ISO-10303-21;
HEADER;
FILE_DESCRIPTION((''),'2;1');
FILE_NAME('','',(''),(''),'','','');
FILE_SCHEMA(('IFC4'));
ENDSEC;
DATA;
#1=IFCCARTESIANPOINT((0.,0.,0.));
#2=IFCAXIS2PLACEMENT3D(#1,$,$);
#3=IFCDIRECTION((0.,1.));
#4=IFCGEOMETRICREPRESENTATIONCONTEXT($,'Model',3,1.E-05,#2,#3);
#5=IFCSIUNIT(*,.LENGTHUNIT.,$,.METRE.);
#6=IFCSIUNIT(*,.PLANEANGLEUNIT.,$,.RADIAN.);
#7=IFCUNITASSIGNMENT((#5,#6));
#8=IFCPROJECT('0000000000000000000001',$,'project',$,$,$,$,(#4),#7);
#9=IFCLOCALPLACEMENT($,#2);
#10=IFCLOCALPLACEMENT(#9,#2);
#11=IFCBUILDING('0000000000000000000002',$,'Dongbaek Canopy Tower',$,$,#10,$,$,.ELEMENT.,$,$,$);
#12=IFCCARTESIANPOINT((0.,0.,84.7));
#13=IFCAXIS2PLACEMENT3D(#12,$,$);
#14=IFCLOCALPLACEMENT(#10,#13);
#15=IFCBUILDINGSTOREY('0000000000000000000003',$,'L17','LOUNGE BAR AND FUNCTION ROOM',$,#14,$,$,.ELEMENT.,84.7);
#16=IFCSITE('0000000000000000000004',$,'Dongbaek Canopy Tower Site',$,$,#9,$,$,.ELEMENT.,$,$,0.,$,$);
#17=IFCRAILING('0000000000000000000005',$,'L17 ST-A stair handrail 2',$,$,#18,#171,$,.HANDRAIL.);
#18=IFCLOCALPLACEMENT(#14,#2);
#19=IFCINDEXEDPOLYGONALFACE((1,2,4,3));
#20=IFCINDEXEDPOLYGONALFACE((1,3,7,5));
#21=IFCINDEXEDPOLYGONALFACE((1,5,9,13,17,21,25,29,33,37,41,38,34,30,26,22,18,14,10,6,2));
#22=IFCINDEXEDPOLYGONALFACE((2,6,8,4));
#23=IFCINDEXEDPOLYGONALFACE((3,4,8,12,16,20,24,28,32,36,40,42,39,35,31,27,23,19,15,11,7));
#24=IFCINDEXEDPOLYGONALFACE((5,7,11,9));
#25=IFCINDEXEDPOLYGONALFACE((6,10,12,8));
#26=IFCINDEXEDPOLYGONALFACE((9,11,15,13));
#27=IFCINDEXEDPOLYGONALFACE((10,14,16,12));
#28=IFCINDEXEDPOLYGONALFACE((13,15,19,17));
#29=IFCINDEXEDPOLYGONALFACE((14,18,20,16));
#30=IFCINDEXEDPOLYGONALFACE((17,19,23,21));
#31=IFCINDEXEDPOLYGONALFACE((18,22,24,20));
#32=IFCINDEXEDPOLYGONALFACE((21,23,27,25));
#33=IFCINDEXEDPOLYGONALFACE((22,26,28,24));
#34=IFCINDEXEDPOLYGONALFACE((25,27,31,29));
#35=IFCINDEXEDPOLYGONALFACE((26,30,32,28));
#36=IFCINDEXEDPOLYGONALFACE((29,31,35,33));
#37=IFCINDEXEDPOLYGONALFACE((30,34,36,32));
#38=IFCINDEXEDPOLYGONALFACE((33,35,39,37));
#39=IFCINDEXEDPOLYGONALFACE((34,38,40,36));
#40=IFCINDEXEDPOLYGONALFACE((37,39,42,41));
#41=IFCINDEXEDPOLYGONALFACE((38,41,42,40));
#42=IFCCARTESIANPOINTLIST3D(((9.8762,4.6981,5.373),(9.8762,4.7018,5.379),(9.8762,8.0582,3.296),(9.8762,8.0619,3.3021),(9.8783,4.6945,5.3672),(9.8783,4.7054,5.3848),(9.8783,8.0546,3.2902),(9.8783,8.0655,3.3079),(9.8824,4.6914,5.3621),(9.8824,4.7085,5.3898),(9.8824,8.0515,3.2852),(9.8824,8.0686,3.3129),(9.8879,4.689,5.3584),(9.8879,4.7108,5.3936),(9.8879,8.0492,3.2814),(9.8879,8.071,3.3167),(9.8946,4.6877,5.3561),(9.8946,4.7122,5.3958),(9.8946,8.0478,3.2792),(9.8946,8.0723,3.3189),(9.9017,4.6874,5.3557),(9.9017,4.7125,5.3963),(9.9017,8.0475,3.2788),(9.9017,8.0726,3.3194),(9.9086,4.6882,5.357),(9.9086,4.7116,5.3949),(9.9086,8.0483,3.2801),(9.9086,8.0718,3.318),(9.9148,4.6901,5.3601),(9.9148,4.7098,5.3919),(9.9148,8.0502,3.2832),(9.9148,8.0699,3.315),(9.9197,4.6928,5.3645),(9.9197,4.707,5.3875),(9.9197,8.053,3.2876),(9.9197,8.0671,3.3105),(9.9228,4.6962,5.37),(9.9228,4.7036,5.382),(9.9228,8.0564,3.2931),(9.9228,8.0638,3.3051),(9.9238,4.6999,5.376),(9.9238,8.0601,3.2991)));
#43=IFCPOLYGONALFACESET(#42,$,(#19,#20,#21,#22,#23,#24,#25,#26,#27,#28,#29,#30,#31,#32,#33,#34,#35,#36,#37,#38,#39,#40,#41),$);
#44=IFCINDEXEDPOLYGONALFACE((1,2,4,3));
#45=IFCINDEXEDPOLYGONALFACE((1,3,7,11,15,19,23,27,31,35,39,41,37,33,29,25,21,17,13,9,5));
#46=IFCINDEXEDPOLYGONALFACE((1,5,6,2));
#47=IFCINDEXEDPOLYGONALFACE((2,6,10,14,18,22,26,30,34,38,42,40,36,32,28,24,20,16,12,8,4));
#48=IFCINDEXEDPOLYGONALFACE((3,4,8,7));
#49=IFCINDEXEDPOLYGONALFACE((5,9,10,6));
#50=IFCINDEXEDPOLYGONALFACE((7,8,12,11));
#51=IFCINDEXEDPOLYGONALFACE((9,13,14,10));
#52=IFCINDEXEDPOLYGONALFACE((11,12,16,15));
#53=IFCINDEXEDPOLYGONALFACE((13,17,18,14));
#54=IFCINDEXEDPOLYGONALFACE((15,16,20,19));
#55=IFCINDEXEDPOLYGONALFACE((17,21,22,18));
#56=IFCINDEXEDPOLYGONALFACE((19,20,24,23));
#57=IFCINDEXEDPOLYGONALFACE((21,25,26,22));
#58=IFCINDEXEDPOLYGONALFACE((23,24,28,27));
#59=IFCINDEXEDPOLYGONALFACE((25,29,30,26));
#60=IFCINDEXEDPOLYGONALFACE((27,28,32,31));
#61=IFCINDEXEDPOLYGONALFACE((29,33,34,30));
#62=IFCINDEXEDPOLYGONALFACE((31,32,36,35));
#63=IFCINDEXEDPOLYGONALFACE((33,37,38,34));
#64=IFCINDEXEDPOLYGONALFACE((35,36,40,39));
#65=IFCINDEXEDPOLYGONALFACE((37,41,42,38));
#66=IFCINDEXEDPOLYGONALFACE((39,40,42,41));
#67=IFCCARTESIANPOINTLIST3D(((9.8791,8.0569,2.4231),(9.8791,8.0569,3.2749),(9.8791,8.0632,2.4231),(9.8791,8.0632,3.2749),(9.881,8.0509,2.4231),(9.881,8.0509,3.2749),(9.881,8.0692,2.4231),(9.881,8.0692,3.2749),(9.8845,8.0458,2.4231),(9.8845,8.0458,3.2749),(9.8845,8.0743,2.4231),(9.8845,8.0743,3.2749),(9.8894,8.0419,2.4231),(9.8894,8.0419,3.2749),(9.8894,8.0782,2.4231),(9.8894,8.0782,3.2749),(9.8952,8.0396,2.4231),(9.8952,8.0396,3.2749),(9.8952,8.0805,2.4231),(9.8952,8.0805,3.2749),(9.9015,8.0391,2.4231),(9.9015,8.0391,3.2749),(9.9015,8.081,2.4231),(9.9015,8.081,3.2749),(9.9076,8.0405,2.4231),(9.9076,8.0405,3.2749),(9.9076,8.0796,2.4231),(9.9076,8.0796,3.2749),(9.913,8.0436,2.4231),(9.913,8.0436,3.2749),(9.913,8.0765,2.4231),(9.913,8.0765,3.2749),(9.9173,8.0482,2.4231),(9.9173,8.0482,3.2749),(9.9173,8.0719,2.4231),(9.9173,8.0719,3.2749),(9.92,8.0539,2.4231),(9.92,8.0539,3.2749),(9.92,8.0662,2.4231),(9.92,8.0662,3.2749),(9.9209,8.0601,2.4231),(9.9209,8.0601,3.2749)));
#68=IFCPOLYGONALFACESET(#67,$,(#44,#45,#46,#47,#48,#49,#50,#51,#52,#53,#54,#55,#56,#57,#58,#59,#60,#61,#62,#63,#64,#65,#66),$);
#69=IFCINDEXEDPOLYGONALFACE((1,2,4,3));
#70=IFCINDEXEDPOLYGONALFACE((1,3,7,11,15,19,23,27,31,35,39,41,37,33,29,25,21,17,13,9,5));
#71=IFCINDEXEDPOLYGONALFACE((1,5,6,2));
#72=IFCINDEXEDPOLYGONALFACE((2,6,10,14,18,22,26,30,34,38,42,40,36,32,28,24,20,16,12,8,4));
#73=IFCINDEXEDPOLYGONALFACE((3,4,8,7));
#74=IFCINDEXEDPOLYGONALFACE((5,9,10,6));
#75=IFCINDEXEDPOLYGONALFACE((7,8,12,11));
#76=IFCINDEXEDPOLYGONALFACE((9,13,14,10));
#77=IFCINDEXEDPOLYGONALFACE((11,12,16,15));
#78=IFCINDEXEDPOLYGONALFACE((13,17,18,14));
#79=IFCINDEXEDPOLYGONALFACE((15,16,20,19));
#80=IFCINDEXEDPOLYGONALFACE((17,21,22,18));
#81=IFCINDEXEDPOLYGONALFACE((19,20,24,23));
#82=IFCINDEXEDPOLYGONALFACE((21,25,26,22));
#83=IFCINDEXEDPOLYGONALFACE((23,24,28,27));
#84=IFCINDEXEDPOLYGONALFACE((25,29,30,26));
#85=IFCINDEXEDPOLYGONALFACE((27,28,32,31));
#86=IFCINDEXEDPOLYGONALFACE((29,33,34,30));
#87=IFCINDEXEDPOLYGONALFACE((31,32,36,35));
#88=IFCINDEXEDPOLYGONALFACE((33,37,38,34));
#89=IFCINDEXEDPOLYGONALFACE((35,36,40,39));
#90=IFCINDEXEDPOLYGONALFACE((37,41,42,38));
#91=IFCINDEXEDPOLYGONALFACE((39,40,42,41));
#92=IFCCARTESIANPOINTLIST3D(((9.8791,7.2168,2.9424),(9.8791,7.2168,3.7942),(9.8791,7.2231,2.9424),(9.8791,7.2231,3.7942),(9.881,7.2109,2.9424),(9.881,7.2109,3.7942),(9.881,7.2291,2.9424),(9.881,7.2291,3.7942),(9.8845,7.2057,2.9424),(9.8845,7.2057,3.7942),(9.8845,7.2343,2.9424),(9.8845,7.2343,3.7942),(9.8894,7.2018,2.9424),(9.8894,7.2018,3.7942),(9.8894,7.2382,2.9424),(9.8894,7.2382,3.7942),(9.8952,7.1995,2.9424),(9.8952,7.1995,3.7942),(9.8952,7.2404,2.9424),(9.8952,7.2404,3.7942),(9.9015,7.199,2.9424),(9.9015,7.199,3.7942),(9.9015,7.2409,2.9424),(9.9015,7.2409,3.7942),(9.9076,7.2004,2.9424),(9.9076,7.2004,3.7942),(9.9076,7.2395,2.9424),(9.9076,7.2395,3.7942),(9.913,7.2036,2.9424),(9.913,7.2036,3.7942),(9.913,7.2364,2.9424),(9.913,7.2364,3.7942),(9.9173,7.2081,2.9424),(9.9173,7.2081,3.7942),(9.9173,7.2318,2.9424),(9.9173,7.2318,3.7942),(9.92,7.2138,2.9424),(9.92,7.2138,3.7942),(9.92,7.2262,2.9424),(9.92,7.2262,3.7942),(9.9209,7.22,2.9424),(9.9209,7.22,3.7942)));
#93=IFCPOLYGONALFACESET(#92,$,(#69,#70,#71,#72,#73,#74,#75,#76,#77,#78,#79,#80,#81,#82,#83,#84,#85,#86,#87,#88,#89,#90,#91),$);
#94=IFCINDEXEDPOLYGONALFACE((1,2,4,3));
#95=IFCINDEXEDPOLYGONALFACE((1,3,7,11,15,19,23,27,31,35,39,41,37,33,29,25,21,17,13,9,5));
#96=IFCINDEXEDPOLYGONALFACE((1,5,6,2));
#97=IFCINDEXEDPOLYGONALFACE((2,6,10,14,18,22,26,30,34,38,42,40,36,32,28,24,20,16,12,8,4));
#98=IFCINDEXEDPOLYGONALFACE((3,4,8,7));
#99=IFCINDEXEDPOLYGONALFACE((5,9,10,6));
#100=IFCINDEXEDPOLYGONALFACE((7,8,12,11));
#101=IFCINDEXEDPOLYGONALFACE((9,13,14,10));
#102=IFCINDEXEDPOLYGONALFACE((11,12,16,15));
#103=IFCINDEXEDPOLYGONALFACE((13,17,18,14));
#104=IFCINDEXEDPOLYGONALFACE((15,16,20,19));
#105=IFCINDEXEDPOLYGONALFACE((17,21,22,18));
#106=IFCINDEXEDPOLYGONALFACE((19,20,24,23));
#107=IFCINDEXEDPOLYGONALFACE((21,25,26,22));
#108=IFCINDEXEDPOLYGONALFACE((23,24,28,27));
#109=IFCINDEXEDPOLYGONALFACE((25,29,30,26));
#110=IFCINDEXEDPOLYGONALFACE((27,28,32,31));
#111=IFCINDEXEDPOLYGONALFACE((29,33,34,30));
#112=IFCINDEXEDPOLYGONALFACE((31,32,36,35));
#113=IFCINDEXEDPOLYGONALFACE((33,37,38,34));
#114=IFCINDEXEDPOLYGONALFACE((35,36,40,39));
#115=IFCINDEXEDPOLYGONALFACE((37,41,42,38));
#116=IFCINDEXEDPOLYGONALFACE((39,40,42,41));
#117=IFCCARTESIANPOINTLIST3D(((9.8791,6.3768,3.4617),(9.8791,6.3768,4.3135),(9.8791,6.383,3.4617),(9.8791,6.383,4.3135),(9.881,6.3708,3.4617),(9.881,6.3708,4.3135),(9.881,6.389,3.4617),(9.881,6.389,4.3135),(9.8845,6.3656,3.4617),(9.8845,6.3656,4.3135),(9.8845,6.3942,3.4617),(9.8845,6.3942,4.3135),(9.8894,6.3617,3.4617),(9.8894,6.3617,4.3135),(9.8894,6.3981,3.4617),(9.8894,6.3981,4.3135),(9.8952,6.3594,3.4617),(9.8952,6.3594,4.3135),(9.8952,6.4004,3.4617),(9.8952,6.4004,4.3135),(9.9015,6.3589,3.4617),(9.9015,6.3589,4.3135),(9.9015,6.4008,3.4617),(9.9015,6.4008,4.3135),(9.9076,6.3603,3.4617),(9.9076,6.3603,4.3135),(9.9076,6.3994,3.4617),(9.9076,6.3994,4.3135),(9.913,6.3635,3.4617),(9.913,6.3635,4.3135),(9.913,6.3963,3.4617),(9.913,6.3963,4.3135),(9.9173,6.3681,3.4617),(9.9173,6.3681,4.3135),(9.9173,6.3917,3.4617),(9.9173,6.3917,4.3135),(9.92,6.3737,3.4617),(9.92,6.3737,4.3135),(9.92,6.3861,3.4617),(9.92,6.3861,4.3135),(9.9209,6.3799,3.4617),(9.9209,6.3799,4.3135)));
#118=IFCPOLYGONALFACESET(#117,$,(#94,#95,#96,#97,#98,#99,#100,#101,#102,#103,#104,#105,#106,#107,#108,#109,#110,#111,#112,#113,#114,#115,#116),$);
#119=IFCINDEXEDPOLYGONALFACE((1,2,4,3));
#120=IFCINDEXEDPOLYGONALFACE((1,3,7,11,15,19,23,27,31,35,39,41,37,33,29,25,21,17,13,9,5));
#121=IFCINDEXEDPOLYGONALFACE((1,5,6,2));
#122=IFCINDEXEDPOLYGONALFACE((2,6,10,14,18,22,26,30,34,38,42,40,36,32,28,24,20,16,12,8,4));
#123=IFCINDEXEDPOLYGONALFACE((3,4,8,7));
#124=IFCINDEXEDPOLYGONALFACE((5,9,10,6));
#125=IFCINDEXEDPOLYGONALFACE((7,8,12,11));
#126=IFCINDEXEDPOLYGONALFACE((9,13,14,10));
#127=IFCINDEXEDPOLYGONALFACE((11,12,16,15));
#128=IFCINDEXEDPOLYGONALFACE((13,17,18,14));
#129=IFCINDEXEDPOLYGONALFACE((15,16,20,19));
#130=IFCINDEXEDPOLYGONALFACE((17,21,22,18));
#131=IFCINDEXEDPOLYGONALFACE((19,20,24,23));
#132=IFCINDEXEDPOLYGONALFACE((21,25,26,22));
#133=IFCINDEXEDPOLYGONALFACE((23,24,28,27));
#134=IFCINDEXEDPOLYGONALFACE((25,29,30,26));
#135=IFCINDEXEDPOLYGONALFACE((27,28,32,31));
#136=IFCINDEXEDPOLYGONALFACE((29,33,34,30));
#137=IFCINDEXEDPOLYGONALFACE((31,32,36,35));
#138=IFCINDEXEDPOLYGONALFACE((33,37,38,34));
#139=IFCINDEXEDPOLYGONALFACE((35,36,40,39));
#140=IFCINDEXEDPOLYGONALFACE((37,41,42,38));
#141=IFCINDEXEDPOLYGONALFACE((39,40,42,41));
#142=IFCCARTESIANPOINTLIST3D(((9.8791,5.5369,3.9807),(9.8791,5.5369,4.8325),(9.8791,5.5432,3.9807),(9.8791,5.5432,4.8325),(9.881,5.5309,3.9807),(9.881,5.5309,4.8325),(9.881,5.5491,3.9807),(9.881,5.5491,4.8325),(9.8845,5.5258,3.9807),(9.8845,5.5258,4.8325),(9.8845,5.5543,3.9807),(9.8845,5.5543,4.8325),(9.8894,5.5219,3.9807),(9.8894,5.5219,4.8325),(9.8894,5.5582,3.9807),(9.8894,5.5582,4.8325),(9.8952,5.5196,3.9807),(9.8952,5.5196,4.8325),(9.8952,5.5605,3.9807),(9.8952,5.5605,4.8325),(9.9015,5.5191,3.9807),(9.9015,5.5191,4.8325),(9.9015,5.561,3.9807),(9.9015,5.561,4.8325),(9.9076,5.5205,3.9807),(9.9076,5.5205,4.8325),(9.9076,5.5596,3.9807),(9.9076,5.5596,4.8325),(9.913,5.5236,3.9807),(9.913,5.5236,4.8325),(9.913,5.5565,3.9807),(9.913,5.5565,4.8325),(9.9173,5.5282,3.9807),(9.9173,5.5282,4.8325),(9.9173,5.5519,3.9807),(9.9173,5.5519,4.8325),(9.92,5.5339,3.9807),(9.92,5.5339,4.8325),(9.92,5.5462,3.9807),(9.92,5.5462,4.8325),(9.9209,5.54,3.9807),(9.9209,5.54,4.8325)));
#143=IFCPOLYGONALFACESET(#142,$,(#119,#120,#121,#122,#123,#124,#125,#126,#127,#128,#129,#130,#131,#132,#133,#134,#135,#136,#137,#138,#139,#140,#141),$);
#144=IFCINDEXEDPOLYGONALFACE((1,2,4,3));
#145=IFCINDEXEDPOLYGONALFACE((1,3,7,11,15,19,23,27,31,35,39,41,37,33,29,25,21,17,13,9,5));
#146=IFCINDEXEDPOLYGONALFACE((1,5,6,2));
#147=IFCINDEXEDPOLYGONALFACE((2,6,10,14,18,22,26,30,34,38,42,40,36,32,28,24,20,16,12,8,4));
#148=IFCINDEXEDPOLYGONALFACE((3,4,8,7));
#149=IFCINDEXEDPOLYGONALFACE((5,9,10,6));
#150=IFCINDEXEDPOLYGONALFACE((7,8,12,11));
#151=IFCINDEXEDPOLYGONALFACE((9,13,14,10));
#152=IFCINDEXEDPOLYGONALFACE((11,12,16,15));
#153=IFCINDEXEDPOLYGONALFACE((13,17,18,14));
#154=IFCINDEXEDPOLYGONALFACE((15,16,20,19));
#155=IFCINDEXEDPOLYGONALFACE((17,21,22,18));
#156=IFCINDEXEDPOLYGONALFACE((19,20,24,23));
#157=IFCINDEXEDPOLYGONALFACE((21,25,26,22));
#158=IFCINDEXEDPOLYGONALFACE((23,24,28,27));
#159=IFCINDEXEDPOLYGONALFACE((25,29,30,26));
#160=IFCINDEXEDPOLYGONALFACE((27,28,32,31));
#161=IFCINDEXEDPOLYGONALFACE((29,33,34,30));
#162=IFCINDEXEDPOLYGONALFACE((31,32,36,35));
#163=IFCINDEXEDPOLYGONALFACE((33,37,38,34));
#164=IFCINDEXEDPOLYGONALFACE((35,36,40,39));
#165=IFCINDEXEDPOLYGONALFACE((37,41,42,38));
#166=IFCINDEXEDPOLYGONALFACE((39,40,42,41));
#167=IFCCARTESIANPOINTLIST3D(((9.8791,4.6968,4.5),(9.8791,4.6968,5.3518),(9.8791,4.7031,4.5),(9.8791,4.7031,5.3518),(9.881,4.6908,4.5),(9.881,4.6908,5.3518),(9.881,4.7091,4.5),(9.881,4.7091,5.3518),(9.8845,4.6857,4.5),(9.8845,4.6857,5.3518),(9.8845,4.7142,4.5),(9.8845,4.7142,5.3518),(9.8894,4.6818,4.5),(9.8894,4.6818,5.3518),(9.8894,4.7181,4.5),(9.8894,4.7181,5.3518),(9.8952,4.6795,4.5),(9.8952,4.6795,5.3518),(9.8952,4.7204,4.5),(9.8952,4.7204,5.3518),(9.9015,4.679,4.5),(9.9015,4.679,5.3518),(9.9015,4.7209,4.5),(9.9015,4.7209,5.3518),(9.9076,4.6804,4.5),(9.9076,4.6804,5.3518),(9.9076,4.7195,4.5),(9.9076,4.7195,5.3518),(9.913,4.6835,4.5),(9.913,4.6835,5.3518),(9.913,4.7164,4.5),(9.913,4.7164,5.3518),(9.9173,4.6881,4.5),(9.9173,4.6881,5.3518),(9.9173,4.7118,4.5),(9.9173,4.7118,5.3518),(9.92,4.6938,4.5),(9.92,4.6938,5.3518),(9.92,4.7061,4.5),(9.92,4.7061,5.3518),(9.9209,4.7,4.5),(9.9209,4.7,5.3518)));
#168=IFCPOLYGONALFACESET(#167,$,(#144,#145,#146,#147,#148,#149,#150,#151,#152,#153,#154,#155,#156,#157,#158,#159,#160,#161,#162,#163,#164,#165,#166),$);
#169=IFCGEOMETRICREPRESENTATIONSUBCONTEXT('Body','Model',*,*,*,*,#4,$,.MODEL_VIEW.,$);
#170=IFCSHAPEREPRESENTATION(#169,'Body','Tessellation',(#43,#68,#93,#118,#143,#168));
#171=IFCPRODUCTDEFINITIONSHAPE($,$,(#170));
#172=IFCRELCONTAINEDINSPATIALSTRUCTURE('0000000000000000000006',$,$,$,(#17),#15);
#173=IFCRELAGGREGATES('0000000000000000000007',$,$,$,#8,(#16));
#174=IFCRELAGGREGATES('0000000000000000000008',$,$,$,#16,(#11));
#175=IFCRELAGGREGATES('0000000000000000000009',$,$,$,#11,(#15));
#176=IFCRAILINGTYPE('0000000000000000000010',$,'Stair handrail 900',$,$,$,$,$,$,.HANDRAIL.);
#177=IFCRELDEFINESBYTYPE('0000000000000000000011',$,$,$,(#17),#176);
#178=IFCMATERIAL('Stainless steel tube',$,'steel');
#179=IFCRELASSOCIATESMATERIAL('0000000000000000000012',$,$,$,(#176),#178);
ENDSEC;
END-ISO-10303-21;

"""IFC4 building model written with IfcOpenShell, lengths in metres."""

from ifc_helpers import new_model, si_unit, direction, frame, origin, origin_2d, place, context, subcontext, project, spatial, circle, extrude, material, type_object, element, save


model = new_model("IFC4")

# Units and contexts
model_context = context("Model", 3, precision=1e-05, world=origin(), true_north=direction((0.0, 1.0)))
body_context = subcontext(model_context, "Body", "Model", "MODEL_VIEW")
ifc_project = project(units=[si_unit("LENGTHUNIT", "METRE"), si_unit("PLANEANGLEUNIT", "RADIAN")], contexts=[model_context])

# Site, building, storey
site_placement = place(None, origin())
site = spatial("IfcSite", under=ifc_project, at=site_placement, Name="Dongbaek Canopy Tower Site", CompositionType="ELEMENT", RefElevation=0.0)
building_placement = place(site_placement, origin())
building = spatial("IfcBuilding", under=site, at=building_placement, Name="Dongbaek Canopy Tower", CompositionType="ELEMENT")
storey_placement = place(building_placement, frame((0.0, 0.0, 84.7)))
storey = spatial("IfcBuildingStorey", under=building, at=storey_placement, Name="L17", Description="LOUNGE BAR AND FUNCTION ROOM", CompositionType="ELEMENT", Elevation=84.7)

# Railing
ifc_material_1 = material(Name="Stainless steel tube", Category="steel")
railing_type_1 = type_object("IfcRailingType", Name="Stair handrail 900", PredefinedType="HANDRAIL", material=ifc_material_1)
railing_1_placement = place(storey_placement, frame((9.8999, 8.0601, 2.4231)))
element("IfcRailing", 1, at=railing_1_placement, inside=storey, type_object=railing_type_1, Name="L17 ST-A stair handrail 2", PredefinedType="HANDRAIL", context=body_context, shape_type="SweptSolid", body=[
    extrude(circle(Radius=0.0239, at=origin_2d()), frame((0.0, 0.0, 0.876), z_axis=(0.0, -0.850623, 0.525776), x_axis=(1.0, 0.0, 0.0)), (0.0, 0.0, 1.0), 3.9502),
    extrude(circle(Radius=0.021, at=origin_2d()), origin(), (0.0, 0.0, 1.0), 0.8518),
    extrude(circle(Radius=0.021, at=origin_2d()), frame((0.0, -0.8401, 0.5193)), (0.0, 0.0, 1.0), 0.8518),
    extrude(circle(Radius=0.021, at=origin_2d()), frame((0.0, -1.6802, 1.0386)), (0.0, 0.0, 1.0), 0.8518),
    extrude(circle(Radius=0.021, at=origin_2d()), frame((0.0, -2.52, 1.5576)), (0.0, 0.0, 1.0), 0.8518),
    extrude(circle(Radius=0.021, at=origin_2d()), frame((0.0, -3.3601, 2.0769)), (0.0, 0.0, 1.0), 0.8518),
])

save(model, "model.ifc")
